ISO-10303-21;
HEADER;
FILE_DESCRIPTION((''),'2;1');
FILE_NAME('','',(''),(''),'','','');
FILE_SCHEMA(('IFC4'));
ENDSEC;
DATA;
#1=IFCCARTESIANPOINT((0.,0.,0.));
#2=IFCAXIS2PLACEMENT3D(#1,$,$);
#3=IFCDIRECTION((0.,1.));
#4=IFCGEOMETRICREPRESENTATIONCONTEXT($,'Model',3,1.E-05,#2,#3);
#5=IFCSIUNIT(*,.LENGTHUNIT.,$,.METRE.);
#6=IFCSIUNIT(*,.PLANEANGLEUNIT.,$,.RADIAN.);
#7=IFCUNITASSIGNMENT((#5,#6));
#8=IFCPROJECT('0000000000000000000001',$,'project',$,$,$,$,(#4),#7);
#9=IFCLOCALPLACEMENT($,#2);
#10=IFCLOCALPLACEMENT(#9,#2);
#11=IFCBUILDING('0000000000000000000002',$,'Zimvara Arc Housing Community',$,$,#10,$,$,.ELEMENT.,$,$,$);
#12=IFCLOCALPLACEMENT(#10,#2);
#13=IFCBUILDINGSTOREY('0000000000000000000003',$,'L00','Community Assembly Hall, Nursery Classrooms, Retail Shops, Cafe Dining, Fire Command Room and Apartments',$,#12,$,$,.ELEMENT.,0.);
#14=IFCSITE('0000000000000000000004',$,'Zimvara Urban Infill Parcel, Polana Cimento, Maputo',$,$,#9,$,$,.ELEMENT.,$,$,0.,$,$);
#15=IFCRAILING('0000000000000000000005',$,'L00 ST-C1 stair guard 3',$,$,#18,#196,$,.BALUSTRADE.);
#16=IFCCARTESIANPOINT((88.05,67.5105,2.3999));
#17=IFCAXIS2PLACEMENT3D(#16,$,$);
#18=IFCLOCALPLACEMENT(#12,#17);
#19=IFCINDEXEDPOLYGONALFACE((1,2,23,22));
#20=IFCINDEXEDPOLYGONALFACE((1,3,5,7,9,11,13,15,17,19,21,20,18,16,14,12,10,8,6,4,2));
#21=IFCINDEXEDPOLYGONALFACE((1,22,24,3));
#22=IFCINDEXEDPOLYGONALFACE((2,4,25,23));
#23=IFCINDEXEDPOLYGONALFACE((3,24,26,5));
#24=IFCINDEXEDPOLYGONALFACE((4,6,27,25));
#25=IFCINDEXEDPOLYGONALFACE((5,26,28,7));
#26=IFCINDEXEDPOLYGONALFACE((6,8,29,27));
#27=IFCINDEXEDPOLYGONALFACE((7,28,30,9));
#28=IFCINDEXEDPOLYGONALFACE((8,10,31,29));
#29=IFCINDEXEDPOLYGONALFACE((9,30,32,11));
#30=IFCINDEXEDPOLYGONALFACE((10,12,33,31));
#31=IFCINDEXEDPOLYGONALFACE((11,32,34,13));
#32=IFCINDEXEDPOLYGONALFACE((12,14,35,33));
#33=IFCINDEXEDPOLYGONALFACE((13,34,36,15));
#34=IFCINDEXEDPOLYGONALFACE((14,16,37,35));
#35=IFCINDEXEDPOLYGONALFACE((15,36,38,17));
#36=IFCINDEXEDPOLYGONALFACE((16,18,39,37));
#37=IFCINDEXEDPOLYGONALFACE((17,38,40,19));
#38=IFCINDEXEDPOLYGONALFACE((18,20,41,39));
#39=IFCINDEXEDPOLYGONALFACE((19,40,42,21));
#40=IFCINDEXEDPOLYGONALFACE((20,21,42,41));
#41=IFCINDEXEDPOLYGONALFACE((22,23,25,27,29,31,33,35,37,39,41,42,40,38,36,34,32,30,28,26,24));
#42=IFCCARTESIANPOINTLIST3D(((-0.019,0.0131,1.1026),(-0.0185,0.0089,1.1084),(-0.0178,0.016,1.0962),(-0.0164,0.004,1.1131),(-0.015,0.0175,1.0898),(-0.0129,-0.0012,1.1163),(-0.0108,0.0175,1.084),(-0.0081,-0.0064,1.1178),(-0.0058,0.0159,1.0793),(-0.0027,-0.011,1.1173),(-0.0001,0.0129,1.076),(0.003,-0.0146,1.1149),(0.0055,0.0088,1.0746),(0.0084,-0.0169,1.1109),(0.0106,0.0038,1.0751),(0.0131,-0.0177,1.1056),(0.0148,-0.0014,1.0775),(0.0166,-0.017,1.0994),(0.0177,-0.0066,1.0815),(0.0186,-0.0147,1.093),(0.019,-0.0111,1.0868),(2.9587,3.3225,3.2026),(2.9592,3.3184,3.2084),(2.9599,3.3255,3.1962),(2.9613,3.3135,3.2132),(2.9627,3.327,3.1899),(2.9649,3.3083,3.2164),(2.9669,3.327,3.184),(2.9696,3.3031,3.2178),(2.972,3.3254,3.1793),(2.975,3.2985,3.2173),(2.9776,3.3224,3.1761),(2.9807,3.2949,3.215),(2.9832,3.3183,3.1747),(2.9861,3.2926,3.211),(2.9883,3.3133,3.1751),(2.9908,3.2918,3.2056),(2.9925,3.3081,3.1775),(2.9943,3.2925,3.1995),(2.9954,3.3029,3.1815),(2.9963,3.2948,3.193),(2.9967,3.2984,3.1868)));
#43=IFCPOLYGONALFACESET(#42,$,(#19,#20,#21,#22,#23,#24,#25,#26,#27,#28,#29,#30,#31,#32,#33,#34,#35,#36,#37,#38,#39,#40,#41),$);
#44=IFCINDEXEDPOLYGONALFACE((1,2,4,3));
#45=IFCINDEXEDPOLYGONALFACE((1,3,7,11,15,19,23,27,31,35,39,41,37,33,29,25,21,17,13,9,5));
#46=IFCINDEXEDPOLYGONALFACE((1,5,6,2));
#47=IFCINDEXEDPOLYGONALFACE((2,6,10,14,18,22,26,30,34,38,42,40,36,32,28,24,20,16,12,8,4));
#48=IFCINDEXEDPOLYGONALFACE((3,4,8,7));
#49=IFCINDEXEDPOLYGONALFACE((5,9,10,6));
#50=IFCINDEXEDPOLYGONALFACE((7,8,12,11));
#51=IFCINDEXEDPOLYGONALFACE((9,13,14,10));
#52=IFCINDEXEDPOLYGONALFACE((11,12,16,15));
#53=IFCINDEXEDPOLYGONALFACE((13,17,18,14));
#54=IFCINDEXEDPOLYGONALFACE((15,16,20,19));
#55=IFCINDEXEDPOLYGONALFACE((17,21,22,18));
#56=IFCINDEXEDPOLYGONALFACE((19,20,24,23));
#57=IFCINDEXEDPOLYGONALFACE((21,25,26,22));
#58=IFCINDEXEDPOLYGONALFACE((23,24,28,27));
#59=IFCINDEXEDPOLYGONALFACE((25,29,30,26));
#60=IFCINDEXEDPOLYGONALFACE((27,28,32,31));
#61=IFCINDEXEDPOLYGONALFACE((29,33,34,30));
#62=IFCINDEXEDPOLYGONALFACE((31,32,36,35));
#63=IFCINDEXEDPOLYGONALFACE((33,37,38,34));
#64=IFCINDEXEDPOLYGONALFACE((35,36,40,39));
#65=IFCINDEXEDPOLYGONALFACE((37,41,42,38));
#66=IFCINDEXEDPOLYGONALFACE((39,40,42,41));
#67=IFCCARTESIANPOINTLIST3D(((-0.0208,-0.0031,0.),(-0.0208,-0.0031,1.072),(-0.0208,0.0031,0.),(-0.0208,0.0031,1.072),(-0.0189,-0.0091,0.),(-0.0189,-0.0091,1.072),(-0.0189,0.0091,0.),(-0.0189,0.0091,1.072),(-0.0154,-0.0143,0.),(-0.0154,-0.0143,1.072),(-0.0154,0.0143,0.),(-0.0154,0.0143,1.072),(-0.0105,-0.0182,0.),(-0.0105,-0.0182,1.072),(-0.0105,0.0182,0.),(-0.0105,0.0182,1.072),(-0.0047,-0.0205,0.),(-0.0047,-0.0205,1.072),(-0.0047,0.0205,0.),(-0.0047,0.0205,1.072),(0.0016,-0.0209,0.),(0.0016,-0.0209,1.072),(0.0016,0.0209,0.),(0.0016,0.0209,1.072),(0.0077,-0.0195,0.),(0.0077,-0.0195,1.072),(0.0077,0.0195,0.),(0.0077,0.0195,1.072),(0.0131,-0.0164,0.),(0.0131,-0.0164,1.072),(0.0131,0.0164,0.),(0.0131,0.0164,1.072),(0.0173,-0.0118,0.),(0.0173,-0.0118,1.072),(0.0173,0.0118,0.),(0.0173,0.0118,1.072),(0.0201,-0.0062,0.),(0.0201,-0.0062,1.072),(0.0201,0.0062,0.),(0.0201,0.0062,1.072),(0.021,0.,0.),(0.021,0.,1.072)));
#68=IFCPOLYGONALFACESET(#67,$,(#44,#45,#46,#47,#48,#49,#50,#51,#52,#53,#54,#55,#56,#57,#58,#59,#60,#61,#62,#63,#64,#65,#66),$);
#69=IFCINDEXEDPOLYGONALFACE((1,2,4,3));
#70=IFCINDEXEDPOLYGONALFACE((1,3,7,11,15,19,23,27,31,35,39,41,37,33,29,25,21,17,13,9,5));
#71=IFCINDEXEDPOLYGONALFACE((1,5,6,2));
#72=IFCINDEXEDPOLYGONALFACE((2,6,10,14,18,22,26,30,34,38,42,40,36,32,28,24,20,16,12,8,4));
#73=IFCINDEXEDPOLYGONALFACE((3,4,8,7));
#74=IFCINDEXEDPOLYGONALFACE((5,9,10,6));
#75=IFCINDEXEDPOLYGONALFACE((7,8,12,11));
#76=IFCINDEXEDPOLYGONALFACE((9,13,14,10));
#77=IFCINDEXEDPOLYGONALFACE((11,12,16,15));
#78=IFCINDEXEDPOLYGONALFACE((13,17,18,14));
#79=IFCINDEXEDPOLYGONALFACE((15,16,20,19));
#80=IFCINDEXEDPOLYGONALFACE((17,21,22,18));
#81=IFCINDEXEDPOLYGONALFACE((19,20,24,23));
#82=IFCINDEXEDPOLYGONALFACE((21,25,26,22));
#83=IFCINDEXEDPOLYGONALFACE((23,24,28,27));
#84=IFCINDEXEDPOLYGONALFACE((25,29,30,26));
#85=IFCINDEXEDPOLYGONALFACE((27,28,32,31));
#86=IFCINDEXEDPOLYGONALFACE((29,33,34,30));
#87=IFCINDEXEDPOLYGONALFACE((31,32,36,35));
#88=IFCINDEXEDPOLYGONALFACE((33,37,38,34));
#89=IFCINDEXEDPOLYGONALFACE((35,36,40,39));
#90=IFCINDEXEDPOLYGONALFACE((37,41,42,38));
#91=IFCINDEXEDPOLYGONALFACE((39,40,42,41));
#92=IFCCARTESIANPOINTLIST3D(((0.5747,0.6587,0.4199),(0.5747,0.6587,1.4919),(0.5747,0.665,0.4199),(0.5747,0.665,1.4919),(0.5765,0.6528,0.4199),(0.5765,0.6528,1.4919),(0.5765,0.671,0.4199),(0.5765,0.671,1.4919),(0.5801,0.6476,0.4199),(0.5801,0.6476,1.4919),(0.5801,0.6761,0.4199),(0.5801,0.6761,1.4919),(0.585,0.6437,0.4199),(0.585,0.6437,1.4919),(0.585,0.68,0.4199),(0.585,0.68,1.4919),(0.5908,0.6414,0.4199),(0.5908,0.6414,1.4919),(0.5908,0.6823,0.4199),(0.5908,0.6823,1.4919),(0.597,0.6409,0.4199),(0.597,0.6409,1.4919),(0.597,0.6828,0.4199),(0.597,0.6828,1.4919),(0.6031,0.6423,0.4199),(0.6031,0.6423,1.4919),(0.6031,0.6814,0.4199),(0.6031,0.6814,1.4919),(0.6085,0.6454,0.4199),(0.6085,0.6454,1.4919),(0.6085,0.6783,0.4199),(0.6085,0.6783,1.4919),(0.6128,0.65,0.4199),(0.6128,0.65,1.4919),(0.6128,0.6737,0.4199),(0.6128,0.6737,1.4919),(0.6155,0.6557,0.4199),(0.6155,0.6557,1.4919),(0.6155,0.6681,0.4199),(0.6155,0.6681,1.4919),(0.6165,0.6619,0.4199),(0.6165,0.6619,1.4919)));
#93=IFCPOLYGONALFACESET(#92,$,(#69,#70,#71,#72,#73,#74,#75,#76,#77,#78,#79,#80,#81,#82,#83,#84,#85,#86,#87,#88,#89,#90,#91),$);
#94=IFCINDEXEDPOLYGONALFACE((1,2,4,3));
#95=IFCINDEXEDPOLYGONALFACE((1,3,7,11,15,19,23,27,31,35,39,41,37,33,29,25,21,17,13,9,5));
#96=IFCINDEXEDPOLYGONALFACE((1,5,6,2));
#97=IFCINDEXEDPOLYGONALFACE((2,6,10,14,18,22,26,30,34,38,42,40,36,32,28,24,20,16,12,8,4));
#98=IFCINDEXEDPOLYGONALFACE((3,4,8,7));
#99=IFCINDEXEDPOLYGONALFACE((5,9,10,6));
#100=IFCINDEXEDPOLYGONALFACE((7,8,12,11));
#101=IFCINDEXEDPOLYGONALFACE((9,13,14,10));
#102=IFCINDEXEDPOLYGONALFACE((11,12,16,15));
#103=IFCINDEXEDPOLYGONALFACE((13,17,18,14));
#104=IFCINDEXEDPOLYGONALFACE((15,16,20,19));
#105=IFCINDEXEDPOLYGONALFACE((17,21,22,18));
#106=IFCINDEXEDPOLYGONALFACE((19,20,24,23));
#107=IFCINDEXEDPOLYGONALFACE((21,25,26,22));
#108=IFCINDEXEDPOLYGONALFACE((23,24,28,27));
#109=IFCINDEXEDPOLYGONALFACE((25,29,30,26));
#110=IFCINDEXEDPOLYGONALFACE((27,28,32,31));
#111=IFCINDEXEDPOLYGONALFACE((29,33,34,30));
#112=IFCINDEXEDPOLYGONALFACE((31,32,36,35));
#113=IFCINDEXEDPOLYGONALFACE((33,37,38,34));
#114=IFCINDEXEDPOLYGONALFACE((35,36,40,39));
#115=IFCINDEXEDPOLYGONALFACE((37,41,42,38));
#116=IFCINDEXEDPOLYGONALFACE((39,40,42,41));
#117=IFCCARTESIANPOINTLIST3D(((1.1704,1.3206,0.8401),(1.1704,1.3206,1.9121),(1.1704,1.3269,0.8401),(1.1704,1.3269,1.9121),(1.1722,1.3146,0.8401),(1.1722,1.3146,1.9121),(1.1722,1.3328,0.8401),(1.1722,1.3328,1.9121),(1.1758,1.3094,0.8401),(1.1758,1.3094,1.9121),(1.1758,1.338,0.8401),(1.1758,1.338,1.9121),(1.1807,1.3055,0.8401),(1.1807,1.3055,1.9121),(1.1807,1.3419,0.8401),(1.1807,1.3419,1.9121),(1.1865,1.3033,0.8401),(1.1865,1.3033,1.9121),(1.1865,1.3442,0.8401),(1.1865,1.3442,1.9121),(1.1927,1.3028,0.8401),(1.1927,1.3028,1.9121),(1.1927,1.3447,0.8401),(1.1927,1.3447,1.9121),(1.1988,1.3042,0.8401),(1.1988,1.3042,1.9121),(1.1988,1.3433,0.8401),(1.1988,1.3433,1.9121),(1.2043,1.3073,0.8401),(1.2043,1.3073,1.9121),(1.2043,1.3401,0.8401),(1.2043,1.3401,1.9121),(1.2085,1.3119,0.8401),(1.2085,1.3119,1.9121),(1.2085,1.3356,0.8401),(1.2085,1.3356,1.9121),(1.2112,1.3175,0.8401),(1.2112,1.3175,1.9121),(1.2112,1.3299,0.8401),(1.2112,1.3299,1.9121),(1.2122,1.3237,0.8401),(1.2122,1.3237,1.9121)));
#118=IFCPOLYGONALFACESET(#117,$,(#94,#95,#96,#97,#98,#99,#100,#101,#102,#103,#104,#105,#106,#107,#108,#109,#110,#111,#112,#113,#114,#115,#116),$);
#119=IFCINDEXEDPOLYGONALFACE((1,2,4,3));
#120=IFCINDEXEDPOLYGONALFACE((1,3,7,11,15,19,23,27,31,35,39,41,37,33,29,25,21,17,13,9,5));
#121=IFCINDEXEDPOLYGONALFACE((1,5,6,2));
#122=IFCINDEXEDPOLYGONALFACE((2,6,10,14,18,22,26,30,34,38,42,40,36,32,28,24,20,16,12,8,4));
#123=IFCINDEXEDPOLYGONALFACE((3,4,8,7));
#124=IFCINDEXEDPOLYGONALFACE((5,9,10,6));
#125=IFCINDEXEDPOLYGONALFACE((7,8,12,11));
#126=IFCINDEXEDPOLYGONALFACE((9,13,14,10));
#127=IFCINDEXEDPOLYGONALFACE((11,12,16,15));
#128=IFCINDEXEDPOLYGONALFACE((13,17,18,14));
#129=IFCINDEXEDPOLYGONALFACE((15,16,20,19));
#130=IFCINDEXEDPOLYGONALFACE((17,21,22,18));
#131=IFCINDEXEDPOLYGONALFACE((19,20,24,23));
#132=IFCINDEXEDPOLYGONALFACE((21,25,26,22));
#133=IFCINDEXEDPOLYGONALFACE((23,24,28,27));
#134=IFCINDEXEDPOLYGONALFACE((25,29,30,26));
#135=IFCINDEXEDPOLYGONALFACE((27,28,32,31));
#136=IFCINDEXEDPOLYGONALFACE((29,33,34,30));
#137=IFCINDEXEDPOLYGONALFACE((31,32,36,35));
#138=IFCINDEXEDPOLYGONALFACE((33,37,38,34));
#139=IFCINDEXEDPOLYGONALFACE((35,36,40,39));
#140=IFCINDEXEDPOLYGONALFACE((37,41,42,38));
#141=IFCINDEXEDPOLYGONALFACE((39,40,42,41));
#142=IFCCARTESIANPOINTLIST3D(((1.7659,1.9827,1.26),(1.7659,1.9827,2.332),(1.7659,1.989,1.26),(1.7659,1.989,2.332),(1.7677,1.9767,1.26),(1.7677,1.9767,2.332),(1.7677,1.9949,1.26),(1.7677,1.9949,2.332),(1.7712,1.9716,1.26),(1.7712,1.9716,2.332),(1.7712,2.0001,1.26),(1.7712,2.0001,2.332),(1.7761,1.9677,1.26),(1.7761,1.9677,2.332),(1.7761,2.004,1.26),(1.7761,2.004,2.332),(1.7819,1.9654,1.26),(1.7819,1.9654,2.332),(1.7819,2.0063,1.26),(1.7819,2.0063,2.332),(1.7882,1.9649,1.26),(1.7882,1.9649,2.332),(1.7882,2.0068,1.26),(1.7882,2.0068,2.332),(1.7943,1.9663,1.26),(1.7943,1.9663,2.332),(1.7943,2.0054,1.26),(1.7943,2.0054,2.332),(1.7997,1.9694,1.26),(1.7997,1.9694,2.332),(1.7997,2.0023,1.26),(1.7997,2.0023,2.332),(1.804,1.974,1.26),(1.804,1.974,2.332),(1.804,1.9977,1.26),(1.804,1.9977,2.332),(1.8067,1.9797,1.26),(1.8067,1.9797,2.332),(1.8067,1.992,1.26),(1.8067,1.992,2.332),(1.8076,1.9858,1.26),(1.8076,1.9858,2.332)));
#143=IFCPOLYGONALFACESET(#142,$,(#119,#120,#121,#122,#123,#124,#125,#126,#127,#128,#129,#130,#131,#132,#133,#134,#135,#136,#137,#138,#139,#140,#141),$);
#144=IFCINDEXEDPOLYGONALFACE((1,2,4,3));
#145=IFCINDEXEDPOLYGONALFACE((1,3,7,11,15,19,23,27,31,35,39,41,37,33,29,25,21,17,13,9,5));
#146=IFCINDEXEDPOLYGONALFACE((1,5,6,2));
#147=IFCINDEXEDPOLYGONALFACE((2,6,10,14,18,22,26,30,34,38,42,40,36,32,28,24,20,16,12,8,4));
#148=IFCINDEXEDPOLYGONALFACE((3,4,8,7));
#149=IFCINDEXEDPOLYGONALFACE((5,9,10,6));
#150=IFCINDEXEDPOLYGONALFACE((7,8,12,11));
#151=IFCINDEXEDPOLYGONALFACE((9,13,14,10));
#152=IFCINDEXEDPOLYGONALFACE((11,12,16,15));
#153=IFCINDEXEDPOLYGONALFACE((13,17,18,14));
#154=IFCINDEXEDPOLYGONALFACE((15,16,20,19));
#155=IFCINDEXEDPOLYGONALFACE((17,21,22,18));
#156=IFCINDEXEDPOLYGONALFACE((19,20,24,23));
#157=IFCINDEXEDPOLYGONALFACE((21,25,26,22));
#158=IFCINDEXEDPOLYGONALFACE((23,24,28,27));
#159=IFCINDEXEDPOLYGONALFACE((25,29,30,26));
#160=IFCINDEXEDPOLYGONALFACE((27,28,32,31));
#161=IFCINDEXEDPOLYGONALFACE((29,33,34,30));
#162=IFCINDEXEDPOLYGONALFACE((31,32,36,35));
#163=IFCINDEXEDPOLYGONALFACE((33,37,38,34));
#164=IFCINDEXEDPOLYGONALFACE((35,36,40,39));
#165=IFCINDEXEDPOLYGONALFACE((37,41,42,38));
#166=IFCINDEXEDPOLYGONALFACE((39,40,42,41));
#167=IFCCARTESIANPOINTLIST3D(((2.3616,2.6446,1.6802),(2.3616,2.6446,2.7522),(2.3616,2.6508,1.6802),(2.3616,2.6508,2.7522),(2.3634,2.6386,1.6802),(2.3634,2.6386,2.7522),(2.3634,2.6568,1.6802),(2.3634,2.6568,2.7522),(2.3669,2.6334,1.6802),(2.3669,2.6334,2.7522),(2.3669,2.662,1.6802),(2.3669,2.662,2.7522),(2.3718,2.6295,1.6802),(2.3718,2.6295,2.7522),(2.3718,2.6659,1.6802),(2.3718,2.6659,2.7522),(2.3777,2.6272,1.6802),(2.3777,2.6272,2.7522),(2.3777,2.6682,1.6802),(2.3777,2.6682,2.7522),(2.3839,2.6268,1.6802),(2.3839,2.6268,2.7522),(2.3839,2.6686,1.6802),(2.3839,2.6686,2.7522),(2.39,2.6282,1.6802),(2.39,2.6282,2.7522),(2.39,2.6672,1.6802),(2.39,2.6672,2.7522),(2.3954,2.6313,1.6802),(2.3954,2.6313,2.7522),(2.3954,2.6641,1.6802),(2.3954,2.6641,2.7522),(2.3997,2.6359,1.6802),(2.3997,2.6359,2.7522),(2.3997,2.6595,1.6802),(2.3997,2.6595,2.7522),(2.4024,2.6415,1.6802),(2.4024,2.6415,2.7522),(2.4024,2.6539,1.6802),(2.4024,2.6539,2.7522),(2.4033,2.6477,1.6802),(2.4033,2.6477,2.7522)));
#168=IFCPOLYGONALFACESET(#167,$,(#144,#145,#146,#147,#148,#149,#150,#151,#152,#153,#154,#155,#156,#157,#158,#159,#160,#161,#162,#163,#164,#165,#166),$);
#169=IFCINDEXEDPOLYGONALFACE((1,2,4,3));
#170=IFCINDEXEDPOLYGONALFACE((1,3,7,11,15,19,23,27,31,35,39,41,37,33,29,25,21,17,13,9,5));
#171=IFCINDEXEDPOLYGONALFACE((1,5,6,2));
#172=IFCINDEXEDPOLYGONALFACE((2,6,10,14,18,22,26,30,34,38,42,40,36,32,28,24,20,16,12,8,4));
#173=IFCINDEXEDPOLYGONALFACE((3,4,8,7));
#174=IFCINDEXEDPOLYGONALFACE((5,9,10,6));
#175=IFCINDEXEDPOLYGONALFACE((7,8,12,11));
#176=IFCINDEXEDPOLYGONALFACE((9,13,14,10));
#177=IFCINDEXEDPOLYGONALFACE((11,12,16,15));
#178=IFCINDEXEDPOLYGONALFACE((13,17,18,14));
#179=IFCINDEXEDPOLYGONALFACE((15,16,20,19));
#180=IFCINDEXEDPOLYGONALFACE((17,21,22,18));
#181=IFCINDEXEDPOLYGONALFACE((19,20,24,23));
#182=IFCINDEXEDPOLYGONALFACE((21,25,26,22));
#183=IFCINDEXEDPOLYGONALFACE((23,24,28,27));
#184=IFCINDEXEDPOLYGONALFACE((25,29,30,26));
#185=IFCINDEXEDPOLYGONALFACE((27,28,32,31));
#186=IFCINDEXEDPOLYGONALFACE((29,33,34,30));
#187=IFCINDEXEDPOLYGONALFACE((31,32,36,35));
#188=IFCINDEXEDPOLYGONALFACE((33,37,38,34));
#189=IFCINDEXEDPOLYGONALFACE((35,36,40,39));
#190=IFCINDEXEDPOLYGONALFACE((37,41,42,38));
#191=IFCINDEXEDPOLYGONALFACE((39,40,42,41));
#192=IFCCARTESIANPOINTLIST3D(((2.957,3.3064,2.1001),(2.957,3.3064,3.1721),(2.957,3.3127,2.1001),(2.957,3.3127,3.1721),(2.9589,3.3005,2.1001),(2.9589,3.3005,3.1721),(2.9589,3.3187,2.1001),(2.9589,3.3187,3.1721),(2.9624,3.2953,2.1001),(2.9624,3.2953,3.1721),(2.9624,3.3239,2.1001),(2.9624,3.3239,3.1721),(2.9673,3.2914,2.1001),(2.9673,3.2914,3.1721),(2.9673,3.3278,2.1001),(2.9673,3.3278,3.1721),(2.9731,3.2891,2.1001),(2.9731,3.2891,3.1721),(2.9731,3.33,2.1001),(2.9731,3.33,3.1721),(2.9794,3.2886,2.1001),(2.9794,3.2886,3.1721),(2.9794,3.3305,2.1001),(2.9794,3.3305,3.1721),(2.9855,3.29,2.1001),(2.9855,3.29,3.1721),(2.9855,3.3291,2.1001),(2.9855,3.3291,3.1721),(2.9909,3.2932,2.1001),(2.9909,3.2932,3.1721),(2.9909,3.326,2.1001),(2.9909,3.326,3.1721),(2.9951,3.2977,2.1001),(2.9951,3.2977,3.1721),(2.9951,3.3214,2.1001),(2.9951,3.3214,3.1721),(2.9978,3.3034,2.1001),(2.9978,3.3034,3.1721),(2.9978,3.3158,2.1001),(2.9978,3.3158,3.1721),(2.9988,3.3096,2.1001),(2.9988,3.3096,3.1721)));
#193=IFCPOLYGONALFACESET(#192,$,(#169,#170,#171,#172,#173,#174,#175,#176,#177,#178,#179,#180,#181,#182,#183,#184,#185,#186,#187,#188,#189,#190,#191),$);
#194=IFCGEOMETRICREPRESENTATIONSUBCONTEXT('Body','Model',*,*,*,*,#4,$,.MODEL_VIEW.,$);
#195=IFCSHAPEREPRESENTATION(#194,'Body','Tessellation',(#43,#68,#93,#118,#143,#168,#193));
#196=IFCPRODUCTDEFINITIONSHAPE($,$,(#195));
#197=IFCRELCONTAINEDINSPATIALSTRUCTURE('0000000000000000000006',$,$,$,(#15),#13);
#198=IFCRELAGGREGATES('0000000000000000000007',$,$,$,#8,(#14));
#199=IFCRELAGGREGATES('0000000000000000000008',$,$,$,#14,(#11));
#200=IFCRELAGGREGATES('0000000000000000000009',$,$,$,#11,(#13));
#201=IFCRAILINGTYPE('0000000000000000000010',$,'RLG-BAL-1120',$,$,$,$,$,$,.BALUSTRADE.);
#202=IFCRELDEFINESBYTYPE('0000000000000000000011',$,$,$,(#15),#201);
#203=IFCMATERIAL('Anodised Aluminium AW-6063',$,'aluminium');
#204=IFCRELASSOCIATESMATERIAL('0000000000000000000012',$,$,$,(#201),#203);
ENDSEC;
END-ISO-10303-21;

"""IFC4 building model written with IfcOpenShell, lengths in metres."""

from ifc_helpers import new_model, si_unit, direction, frame, origin, origin_2d, place, context, subcontext, project, spatial, circle, extrude, material, type_object, element, save


model = new_model("IFC4")

# Units and contexts
model_context = context("Model", 3, precision=1e-05, world=origin(), true_north=direction((0.0, 1.0)))
body_context = subcontext(model_context, "Body", "Model", "MODEL_VIEW")
ifc_project = project(units=[si_unit("LENGTHUNIT", "METRE"), si_unit("PLANEANGLEUNIT", "RADIAN")], contexts=[model_context])

# Site, building, storey
site_placement = place(None, origin())
site = spatial("IfcSite", under=ifc_project, at=site_placement, Name="Zimvara Urban Infill Parcel, Polana Cimento, Maputo", CompositionType="ELEMENT", RefElevation=0.0)
building_placement = place(site_placement, origin())
building = spatial("IfcBuilding", under=site, at=building_placement, Name="Zimvara Arc Housing Community", CompositionType="ELEMENT")
storey_placement = place(building_placement, origin())
storey = spatial("IfcBuildingStorey", under=building, at=storey_placement, Name="L00", Description="Community Assembly Hall, Nursery Classrooms, Retail Shops, Cafe Dining, Fire Command Room and Apartments", CompositionType="ELEMENT", Elevation=0.0)

# Railing
ifc_material_1 = material(Name="Anodised Aluminium AW-6063", Category="aluminium")
railing_type_1 = type_object("IfcRailingType", Name="RLG-BAL-1120", PredefinedType="BALUSTRADE", material=ifc_material_1)
railing_1_placement = place(storey_placement, frame((88.05, 67.5105, 2.3999)))
element("IfcRailing", 1, at=railing_1_placement, inside=storey, type_object=railing_type_1, Name="L00 ST-C1 stair guard 3", PredefinedType="BALUSTRADE", context=body_context, shape_type="SweptSolid", body=[
    extrude(circle(Radius=0.0239, at=origin_2d()), frame((0.0, 0.0, 1.0962), z_axis=(0.604935, 0.672337, 0.426634), x_axis=(-0.743387, 0.668862, 0.0)), (0.0, 0.0, 1.0), 4.9224),
    extrude(circle(Radius=0.021, at=origin_2d()), origin(), (0.0, 0.0, 1.0), 1.072),
    extrude(circle(Radius=0.021, at=origin_2d()), frame((0.5955, 0.6619, 0.4199)), (0.0, 0.0, 1.0), 1.072),
    extrude(circle(Radius=0.021, at=origin_2d()), frame((1.1912, 1.3237, 0.8401)), (0.0, 0.0, 1.0), 1.072),
    extrude(circle(Radius=0.021, at=origin_2d()), frame((1.7866, 1.9858, 1.26)), (0.0, 0.0, 1.0), 1.072),
    extrude(circle(Radius=0.021, at=origin_2d()), frame((2.3823, 2.6477, 1.6802)), (0.0, 0.0, 1.0), 1.072),
    extrude(circle(Radius=0.021, at=origin_2d()), frame((2.9778, 3.3096, 2.1001)), (0.0, 0.0, 1.0), 1.072),
])

save(model, "model.ifc")
